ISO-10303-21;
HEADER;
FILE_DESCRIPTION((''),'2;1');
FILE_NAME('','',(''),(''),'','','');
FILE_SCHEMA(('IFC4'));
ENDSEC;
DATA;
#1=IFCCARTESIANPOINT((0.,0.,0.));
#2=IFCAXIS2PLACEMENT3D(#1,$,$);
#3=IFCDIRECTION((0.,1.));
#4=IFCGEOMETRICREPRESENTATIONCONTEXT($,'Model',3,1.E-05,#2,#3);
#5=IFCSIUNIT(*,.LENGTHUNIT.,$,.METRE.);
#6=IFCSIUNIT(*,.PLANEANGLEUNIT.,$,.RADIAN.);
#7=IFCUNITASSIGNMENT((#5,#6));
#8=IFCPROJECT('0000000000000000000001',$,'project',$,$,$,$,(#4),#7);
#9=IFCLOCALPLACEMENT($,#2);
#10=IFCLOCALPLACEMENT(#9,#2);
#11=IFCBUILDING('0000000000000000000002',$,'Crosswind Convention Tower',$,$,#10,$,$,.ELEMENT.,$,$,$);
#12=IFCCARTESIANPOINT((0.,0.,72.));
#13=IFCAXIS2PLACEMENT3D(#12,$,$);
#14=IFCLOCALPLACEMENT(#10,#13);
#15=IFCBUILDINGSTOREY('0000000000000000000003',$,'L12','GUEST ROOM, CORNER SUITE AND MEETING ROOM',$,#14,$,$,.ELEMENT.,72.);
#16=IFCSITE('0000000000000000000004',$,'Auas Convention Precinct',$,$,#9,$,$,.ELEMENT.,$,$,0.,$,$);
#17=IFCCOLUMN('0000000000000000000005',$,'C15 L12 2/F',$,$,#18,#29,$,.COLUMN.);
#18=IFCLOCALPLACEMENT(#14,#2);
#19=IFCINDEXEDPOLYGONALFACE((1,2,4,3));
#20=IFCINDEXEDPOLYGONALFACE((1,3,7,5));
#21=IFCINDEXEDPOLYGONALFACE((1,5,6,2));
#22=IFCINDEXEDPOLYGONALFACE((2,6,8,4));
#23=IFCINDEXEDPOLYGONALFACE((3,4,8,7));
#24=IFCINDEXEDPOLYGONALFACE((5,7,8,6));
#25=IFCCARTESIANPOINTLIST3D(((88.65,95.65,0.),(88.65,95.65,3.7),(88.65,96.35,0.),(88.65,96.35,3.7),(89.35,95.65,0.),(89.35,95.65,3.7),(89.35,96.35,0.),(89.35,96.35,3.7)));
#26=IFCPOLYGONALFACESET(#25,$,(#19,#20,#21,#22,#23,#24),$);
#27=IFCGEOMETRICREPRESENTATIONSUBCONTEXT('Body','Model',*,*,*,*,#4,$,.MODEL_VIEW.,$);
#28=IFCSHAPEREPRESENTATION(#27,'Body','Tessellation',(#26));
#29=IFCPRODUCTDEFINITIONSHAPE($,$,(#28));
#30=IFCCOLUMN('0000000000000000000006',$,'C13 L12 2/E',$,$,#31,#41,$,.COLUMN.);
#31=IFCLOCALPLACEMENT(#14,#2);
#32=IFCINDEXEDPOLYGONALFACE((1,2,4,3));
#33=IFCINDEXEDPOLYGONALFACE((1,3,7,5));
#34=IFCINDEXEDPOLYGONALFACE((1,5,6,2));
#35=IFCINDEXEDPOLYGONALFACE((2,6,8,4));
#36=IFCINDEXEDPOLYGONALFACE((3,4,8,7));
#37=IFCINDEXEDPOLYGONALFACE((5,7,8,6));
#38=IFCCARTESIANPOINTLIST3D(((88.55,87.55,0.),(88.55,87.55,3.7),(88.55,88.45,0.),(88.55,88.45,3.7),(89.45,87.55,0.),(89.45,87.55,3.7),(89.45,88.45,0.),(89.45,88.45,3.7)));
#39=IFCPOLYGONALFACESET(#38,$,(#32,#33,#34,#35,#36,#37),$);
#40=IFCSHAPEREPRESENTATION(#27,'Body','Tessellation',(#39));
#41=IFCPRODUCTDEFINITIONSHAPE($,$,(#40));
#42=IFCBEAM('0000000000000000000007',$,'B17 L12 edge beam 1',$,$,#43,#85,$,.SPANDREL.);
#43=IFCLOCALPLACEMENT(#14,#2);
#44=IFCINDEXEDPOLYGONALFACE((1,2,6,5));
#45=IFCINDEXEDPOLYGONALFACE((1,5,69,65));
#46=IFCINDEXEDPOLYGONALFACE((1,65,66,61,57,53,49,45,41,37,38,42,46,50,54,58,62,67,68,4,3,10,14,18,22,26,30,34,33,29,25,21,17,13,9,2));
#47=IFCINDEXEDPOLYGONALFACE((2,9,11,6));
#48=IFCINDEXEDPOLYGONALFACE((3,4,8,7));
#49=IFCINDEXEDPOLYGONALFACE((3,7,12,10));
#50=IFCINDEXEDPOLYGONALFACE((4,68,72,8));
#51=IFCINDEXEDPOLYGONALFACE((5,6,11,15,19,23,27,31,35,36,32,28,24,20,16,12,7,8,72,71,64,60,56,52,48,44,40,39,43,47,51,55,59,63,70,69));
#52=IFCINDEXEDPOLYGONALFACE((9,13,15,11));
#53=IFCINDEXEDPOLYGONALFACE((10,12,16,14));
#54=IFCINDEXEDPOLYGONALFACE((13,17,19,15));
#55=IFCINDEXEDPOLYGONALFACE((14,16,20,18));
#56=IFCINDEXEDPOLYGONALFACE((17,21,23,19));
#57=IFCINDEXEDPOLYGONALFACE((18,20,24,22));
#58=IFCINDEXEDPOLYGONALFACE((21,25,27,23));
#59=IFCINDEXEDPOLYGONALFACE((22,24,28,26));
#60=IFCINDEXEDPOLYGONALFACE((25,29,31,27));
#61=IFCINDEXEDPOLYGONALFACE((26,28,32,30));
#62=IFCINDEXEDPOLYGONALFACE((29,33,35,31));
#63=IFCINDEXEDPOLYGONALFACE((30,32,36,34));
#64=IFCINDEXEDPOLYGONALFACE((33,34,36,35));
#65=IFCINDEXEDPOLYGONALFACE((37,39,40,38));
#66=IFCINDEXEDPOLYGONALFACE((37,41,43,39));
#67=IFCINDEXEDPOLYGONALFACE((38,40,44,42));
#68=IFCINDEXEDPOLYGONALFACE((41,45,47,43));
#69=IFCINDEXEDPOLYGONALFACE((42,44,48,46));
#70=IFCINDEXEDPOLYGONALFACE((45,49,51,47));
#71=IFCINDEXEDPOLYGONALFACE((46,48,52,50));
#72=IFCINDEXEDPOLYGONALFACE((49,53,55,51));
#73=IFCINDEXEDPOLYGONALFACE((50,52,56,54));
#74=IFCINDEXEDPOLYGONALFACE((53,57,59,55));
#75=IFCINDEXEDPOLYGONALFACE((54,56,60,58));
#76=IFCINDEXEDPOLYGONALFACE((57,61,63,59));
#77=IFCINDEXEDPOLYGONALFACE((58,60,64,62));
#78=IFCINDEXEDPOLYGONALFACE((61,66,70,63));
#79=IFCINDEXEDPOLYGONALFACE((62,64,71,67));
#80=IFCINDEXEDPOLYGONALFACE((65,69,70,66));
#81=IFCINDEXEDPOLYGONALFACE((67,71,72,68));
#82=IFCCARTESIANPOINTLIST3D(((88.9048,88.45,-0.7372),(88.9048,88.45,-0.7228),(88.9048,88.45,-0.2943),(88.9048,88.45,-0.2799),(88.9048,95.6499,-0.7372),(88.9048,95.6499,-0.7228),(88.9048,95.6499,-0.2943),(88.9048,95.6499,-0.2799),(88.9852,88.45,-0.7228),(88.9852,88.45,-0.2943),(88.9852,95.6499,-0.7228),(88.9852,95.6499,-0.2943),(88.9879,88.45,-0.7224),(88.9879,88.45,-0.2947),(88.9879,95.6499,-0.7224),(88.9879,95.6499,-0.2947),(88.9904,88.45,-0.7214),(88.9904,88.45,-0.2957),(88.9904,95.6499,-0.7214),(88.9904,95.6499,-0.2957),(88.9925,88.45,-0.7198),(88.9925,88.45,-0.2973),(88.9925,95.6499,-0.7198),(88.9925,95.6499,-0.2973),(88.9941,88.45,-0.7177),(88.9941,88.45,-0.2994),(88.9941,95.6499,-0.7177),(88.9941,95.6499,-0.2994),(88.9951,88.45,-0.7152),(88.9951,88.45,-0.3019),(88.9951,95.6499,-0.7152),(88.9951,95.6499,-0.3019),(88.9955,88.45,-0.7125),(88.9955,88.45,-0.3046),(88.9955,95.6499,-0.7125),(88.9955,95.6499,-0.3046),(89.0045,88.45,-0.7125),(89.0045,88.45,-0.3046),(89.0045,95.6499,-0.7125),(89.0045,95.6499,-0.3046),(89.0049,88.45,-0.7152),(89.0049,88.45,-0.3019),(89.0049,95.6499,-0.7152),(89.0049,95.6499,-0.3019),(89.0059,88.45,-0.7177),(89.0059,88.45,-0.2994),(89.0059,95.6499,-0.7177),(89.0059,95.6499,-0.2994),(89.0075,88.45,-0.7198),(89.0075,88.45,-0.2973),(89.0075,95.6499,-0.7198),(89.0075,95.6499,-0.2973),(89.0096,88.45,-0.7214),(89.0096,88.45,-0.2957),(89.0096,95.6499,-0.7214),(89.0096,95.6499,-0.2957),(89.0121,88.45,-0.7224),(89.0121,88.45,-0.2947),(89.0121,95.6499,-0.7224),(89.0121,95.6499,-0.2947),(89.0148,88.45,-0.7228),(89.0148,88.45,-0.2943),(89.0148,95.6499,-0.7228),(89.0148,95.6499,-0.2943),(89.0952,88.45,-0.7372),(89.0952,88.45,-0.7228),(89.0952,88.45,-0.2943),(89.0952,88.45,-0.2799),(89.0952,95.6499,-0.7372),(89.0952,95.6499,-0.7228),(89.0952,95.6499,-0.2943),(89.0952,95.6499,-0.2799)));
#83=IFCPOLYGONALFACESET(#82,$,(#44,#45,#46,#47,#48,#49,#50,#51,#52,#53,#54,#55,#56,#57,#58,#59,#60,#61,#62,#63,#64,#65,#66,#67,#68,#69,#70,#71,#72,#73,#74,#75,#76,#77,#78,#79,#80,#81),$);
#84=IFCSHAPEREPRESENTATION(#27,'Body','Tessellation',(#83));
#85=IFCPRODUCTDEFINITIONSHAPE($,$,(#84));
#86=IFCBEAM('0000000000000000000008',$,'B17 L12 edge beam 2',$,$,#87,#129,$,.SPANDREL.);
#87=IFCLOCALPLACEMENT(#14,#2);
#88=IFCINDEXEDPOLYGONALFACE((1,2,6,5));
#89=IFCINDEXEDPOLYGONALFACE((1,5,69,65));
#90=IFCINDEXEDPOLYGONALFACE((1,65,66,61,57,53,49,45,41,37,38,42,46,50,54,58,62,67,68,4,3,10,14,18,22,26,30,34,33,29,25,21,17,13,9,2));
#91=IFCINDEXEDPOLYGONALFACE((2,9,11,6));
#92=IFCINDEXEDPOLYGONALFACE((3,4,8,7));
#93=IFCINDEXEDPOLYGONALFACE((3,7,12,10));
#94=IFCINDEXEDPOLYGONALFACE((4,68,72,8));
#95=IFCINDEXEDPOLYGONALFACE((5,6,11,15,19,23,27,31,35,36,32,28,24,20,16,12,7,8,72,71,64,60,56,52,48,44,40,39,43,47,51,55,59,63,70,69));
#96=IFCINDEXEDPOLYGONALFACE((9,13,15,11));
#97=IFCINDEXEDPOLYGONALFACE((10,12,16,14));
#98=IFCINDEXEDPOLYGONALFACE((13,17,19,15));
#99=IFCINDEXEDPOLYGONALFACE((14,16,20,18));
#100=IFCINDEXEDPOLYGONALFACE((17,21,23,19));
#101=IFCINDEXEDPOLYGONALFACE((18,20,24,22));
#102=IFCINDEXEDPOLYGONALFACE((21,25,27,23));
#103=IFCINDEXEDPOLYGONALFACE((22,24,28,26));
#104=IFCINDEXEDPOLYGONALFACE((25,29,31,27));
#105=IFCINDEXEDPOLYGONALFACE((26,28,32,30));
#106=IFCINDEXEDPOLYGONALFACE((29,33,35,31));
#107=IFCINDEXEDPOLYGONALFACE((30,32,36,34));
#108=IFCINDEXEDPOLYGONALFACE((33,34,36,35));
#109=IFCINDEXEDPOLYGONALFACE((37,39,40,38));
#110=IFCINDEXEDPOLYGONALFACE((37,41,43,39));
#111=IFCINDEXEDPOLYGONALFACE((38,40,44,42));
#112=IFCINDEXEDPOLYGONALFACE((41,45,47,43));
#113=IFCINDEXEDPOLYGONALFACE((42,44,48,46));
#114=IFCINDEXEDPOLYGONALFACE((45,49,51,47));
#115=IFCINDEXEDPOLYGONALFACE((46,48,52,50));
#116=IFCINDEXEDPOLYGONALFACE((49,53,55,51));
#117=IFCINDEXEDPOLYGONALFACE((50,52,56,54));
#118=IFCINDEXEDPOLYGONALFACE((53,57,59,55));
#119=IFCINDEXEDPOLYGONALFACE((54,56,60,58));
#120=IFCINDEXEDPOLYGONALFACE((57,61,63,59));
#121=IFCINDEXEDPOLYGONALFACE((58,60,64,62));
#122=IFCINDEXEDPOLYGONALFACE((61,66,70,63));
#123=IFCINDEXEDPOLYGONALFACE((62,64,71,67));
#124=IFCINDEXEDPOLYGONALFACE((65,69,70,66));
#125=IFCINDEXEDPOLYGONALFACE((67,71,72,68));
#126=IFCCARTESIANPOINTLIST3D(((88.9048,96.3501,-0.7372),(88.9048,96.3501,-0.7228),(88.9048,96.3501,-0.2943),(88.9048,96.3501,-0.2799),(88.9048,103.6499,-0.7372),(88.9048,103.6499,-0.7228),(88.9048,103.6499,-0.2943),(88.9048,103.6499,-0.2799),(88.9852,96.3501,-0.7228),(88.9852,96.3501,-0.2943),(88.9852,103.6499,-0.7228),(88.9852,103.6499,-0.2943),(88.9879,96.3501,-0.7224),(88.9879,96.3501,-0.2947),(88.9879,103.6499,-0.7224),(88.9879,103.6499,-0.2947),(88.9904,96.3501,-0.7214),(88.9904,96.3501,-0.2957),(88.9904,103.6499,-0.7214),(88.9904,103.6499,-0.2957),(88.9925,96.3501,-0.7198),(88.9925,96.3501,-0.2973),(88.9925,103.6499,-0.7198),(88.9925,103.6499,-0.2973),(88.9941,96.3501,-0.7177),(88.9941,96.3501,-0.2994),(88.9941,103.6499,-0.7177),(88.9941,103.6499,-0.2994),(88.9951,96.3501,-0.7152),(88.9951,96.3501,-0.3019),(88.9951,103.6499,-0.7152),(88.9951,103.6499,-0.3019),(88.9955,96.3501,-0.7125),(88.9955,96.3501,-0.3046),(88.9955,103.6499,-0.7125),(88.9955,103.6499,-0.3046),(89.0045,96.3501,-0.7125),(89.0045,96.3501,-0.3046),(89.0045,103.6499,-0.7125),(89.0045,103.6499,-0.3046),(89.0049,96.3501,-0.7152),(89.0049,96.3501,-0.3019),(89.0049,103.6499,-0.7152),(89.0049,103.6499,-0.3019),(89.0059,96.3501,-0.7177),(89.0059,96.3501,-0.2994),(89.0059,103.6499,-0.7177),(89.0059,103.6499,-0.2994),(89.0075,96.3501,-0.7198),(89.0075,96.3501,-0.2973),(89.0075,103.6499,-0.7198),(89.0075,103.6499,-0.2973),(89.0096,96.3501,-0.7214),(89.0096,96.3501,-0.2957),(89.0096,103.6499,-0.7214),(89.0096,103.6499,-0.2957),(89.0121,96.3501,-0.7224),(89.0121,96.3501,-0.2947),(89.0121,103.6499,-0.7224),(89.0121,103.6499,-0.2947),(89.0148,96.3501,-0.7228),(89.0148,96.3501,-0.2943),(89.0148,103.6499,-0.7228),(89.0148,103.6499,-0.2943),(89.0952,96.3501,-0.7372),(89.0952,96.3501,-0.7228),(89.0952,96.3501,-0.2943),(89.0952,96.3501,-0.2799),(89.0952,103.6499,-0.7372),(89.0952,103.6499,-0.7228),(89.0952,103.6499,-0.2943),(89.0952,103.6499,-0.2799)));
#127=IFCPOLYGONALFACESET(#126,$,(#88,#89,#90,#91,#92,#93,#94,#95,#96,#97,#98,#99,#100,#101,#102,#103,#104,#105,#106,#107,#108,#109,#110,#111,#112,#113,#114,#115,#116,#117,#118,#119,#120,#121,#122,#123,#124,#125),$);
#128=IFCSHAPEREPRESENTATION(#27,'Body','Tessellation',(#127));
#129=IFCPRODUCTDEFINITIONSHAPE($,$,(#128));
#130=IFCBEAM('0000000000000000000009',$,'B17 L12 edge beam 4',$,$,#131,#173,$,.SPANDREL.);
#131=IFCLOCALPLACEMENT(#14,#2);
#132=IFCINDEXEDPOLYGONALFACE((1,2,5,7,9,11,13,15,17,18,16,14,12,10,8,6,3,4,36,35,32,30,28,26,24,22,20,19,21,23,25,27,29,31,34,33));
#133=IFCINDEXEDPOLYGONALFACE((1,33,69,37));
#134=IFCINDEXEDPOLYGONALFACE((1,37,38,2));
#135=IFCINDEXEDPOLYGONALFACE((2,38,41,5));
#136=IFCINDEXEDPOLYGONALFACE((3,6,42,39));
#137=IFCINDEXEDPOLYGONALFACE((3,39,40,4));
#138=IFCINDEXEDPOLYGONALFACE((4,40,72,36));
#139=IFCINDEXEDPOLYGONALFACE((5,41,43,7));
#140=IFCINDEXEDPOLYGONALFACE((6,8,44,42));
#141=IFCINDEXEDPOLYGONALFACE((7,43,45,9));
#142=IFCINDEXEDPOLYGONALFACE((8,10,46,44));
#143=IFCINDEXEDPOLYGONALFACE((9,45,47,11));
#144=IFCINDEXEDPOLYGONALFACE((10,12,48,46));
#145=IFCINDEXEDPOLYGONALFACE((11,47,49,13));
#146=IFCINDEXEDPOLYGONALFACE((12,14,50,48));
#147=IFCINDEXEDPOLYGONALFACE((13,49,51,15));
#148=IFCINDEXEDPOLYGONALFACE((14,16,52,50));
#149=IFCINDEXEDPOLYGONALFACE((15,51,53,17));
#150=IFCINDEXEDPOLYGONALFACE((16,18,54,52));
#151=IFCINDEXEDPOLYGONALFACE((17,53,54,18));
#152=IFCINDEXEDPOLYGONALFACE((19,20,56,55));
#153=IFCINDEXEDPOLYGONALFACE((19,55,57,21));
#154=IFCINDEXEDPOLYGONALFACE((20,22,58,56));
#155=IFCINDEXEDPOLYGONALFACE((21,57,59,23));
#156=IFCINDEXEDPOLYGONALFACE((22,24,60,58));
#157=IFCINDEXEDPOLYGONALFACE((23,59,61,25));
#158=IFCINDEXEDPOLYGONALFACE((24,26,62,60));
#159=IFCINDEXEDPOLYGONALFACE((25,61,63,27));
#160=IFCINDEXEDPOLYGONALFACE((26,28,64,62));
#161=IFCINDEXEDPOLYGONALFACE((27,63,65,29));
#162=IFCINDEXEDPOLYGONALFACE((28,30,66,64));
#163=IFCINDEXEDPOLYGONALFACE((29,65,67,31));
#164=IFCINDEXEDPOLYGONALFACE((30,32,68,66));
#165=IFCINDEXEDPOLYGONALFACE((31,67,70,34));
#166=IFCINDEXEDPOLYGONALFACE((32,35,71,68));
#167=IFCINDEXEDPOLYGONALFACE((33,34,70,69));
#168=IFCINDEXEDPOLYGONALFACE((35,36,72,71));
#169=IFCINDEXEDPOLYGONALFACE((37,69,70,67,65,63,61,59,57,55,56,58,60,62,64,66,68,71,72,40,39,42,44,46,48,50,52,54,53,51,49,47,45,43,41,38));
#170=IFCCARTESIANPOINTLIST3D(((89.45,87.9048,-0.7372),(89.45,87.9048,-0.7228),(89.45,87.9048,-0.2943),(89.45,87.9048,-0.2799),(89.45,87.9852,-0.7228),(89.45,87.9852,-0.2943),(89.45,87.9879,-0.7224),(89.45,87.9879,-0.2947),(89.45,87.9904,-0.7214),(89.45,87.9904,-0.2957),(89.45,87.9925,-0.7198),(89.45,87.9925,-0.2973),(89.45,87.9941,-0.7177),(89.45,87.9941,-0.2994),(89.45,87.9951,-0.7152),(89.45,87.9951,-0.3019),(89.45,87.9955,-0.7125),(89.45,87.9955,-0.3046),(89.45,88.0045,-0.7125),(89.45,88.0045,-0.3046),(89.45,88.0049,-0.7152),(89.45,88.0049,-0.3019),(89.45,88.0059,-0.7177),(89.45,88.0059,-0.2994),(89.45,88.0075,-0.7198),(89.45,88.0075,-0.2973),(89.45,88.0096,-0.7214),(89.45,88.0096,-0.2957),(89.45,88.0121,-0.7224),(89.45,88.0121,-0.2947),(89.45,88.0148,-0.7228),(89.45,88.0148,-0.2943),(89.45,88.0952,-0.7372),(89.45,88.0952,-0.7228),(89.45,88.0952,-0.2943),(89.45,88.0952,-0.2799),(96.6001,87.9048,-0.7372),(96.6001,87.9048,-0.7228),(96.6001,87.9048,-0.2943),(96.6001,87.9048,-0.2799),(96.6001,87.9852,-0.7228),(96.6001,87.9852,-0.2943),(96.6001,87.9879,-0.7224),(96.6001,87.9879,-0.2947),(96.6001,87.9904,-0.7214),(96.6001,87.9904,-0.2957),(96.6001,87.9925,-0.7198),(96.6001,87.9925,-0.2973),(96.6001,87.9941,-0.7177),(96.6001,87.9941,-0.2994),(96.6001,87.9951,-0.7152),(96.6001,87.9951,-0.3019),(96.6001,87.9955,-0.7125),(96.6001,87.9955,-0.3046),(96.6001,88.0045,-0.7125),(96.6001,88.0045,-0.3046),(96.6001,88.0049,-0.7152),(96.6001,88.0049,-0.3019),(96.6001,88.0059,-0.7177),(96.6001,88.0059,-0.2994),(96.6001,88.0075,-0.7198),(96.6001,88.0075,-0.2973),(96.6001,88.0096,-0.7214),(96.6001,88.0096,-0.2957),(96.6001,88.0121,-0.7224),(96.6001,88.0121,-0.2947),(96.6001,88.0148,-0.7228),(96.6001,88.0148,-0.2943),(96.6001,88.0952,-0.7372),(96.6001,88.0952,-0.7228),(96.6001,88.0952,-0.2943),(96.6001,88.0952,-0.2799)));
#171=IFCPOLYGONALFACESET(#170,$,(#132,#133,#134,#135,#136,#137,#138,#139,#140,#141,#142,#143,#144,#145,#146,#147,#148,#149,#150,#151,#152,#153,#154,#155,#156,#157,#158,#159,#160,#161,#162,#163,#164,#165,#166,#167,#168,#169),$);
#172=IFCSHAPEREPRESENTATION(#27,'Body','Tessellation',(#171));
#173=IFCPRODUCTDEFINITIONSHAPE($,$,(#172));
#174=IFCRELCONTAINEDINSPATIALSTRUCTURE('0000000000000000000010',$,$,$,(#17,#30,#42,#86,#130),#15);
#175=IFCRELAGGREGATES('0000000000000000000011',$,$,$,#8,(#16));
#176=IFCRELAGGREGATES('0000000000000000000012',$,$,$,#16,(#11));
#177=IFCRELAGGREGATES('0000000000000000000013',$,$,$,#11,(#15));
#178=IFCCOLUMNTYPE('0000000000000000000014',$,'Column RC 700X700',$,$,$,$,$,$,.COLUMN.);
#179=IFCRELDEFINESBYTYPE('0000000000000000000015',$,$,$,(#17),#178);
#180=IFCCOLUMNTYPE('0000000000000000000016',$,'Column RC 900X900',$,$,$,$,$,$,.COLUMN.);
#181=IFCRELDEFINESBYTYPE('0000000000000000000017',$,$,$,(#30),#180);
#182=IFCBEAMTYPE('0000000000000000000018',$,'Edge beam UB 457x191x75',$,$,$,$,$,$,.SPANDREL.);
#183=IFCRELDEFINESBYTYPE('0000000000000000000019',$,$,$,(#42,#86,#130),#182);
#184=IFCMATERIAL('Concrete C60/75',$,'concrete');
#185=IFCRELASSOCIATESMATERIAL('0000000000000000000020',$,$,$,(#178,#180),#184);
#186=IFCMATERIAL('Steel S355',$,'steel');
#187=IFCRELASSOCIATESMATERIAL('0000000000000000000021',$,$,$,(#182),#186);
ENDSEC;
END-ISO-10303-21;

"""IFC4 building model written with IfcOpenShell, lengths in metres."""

from ifc_helpers import new_model, si_unit, direction, frame, origin, origin_2d, place, context, subcontext, project, spatial, rectangle, i_section, extrude, material, material_profile, profile_set, type_object, element, save


model = new_model("IFC4")

# Units and contexts
model_context = context("Model", 3, precision=1e-05, world=origin(), true_north=direction((0.0, 1.0)))
body_context = subcontext(model_context, "Body", "Model", "MODEL_VIEW")
ifc_project = project(units=[si_unit("LENGTHUNIT", "METRE"), si_unit("PLANEANGLEUNIT", "RADIAN")], contexts=[model_context])

# Site, building, storey
site_placement = place(None, origin())
site = spatial("IfcSite", under=ifc_project, at=site_placement, Name="Auas Convention Precinct", CompositionType="ELEMENT", RefElevation=0.0)
building_placement = place(site_placement, origin())
building = spatial("IfcBuilding", under=site, at=building_placement, Name="Crosswind Convention Tower", CompositionType="ELEMENT")
storey_placement = place(building_placement, frame((0.0, 0.0, 72.0)))
storey = spatial("IfcBuildingStorey", under=building, at=storey_placement, Name="L12", Description="GUEST ROOM, CORNER SUITE AND MEETING ROOM", CompositionType="ELEMENT", Elevation=72.0)

# Columns
ifc_material_1 = material(Name="Concrete C60/75", Category="concrete")
ifc_material_profile_1 = material_profile(ifc_material_1, rectangle(XDim=0.7, YDim=0.7, at=origin_2d()), Name="RC 700X700")
ifc_profile_set_1 = profile_set([ifc_material_profile_1], Name="Concrete C60/75")
column_type_1 = type_object("IfcColumnType", Name="Column RC 700X700", PredefinedType="COLUMN", material=ifc_profile_set_1)
column_1_placement = place(storey_placement, frame((89.0, 96.0, 0.0), z_axis=(0.0, 0.0, 1.0), x_axis=(1.0, 0.0, 0.0)))
element("IfcColumn", 1, at=column_1_placement, inside=storey, type_object=column_type_1, Name="C15 L12 2/F", PredefinedType="COLUMN", context=body_context, shape_type="SweptSolid", body=[
    extrude(rectangle(XDim=0.7, YDim=0.7, at=origin_2d()), origin(), (0.0, 0.0, 1.0), 3.7),
])
ifc_material_profile_2 = material_profile(ifc_material_1, rectangle(XDim=0.8999, YDim=0.8999, at=origin_2d()), Name="RC 900X900")
ifc_profile_set_2 = profile_set([ifc_material_profile_2], Name="Concrete C60/75")
column_type_2 = type_object("IfcColumnType", Name="Column RC 900X900", PredefinedType="COLUMN", material=ifc_profile_set_2)
column_2_placement = place(storey_placement, frame((89.0, 88.0, 0.0), z_axis=(0.0, 0.0, 1.0), x_axis=(1.0, 0.0, 0.0)))
element("IfcColumn", 2, at=column_2_placement, inside=storey, type_object=column_type_2, Name="C13 L12 2/E", PredefinedType="COLUMN", context=body_context, shape_type="SweptSolid", body=[
    extrude(rectangle(XDim=0.8999, YDim=0.8999, at=origin_2d()), origin(), (0.0, 0.0, 1.0), 3.7),
])

# Beams
ifc_material_2 = material(Name="Steel S355", Category="steel")
ifc_material_profile_3 = material_profile(ifc_material_2, i_section(OverallWidth=0.1904, OverallDepth=0.4573, WebThickness=0.009, FlangeThickness=0.0144, FilletRadius=0.0103, at=origin_2d()), Name="UB 457x191x75")
ifc_profile_set_3 = profile_set([ifc_material_profile_3], Name="Steel S355")
beam_type_1 = type_object("IfcBeamType", Name="Edge beam UB 457x191x75", PredefinedType="SPANDREL", material=ifc_profile_set_3)
beam_1_placement = place(storey_placement, frame((89.0, 88.45, -0.5085), z_axis=(0.0, 1.0, 0.0), x_axis=(-1.0, 0.0, 0.0)))
element("IfcBeam", 3, at=beam_1_placement, inside=storey, type_object=beam_type_1, Name="B17 L12 edge beam 1", PredefinedType="SPANDREL", context=body_context, shape_type="SweptSolid", body=[
    extrude(i_section(OverallWidth=0.1904, OverallDepth=0.4573, WebThickness=0.009, FlangeThickness=0.0144, FilletRadius=0.0103, at=origin_2d()), origin(), (0.0, 0.0, 1.0), 7.2),
])
beam_2_placement = place(storey_placement, frame((89.0, 96.3501, -0.5085), z_axis=(0.0, 1.0, 0.0), x_axis=(-1.0, 0.0, 0.0)))
element("IfcBeam", 4, at=beam_2_placement, inside=storey, type_object=beam_type_1, Name="B17 L12 edge beam 2", PredefinedType="SPANDREL", context=body_context, shape_type="SweptSolid", body=[
    extrude(i_section(OverallWidth=0.1904, OverallDepth=0.4573, WebThickness=0.009, FlangeThickness=0.0144, FilletRadius=0.0103, at=origin_2d()), origin(), (0.0, 0.0, 1.0), 7.2998),
])
beam_3_placement = place(storey_placement, frame((89.45, 88.0, -0.5085), z_axis=(1.0, 0.0, 0.0), x_axis=(0.0, 1.0, 0.0)))
element("IfcBeam", 5, at=beam_3_placement, inside=storey, type_object=beam_type_1, Name="B17 L12 edge beam 4", PredefinedType="SPANDREL", context=body_context, shape_type="SweptSolid", body=[
    extrude(i_section(OverallWidth=0.1904, OverallDepth=0.4573, WebThickness=0.009, FlangeThickness=0.0144, FilletRadius=0.0103, at=origin_2d()), origin(), (0.0, 0.0, 1.0), 7.1501),
])

save(model, "model.ifc")
